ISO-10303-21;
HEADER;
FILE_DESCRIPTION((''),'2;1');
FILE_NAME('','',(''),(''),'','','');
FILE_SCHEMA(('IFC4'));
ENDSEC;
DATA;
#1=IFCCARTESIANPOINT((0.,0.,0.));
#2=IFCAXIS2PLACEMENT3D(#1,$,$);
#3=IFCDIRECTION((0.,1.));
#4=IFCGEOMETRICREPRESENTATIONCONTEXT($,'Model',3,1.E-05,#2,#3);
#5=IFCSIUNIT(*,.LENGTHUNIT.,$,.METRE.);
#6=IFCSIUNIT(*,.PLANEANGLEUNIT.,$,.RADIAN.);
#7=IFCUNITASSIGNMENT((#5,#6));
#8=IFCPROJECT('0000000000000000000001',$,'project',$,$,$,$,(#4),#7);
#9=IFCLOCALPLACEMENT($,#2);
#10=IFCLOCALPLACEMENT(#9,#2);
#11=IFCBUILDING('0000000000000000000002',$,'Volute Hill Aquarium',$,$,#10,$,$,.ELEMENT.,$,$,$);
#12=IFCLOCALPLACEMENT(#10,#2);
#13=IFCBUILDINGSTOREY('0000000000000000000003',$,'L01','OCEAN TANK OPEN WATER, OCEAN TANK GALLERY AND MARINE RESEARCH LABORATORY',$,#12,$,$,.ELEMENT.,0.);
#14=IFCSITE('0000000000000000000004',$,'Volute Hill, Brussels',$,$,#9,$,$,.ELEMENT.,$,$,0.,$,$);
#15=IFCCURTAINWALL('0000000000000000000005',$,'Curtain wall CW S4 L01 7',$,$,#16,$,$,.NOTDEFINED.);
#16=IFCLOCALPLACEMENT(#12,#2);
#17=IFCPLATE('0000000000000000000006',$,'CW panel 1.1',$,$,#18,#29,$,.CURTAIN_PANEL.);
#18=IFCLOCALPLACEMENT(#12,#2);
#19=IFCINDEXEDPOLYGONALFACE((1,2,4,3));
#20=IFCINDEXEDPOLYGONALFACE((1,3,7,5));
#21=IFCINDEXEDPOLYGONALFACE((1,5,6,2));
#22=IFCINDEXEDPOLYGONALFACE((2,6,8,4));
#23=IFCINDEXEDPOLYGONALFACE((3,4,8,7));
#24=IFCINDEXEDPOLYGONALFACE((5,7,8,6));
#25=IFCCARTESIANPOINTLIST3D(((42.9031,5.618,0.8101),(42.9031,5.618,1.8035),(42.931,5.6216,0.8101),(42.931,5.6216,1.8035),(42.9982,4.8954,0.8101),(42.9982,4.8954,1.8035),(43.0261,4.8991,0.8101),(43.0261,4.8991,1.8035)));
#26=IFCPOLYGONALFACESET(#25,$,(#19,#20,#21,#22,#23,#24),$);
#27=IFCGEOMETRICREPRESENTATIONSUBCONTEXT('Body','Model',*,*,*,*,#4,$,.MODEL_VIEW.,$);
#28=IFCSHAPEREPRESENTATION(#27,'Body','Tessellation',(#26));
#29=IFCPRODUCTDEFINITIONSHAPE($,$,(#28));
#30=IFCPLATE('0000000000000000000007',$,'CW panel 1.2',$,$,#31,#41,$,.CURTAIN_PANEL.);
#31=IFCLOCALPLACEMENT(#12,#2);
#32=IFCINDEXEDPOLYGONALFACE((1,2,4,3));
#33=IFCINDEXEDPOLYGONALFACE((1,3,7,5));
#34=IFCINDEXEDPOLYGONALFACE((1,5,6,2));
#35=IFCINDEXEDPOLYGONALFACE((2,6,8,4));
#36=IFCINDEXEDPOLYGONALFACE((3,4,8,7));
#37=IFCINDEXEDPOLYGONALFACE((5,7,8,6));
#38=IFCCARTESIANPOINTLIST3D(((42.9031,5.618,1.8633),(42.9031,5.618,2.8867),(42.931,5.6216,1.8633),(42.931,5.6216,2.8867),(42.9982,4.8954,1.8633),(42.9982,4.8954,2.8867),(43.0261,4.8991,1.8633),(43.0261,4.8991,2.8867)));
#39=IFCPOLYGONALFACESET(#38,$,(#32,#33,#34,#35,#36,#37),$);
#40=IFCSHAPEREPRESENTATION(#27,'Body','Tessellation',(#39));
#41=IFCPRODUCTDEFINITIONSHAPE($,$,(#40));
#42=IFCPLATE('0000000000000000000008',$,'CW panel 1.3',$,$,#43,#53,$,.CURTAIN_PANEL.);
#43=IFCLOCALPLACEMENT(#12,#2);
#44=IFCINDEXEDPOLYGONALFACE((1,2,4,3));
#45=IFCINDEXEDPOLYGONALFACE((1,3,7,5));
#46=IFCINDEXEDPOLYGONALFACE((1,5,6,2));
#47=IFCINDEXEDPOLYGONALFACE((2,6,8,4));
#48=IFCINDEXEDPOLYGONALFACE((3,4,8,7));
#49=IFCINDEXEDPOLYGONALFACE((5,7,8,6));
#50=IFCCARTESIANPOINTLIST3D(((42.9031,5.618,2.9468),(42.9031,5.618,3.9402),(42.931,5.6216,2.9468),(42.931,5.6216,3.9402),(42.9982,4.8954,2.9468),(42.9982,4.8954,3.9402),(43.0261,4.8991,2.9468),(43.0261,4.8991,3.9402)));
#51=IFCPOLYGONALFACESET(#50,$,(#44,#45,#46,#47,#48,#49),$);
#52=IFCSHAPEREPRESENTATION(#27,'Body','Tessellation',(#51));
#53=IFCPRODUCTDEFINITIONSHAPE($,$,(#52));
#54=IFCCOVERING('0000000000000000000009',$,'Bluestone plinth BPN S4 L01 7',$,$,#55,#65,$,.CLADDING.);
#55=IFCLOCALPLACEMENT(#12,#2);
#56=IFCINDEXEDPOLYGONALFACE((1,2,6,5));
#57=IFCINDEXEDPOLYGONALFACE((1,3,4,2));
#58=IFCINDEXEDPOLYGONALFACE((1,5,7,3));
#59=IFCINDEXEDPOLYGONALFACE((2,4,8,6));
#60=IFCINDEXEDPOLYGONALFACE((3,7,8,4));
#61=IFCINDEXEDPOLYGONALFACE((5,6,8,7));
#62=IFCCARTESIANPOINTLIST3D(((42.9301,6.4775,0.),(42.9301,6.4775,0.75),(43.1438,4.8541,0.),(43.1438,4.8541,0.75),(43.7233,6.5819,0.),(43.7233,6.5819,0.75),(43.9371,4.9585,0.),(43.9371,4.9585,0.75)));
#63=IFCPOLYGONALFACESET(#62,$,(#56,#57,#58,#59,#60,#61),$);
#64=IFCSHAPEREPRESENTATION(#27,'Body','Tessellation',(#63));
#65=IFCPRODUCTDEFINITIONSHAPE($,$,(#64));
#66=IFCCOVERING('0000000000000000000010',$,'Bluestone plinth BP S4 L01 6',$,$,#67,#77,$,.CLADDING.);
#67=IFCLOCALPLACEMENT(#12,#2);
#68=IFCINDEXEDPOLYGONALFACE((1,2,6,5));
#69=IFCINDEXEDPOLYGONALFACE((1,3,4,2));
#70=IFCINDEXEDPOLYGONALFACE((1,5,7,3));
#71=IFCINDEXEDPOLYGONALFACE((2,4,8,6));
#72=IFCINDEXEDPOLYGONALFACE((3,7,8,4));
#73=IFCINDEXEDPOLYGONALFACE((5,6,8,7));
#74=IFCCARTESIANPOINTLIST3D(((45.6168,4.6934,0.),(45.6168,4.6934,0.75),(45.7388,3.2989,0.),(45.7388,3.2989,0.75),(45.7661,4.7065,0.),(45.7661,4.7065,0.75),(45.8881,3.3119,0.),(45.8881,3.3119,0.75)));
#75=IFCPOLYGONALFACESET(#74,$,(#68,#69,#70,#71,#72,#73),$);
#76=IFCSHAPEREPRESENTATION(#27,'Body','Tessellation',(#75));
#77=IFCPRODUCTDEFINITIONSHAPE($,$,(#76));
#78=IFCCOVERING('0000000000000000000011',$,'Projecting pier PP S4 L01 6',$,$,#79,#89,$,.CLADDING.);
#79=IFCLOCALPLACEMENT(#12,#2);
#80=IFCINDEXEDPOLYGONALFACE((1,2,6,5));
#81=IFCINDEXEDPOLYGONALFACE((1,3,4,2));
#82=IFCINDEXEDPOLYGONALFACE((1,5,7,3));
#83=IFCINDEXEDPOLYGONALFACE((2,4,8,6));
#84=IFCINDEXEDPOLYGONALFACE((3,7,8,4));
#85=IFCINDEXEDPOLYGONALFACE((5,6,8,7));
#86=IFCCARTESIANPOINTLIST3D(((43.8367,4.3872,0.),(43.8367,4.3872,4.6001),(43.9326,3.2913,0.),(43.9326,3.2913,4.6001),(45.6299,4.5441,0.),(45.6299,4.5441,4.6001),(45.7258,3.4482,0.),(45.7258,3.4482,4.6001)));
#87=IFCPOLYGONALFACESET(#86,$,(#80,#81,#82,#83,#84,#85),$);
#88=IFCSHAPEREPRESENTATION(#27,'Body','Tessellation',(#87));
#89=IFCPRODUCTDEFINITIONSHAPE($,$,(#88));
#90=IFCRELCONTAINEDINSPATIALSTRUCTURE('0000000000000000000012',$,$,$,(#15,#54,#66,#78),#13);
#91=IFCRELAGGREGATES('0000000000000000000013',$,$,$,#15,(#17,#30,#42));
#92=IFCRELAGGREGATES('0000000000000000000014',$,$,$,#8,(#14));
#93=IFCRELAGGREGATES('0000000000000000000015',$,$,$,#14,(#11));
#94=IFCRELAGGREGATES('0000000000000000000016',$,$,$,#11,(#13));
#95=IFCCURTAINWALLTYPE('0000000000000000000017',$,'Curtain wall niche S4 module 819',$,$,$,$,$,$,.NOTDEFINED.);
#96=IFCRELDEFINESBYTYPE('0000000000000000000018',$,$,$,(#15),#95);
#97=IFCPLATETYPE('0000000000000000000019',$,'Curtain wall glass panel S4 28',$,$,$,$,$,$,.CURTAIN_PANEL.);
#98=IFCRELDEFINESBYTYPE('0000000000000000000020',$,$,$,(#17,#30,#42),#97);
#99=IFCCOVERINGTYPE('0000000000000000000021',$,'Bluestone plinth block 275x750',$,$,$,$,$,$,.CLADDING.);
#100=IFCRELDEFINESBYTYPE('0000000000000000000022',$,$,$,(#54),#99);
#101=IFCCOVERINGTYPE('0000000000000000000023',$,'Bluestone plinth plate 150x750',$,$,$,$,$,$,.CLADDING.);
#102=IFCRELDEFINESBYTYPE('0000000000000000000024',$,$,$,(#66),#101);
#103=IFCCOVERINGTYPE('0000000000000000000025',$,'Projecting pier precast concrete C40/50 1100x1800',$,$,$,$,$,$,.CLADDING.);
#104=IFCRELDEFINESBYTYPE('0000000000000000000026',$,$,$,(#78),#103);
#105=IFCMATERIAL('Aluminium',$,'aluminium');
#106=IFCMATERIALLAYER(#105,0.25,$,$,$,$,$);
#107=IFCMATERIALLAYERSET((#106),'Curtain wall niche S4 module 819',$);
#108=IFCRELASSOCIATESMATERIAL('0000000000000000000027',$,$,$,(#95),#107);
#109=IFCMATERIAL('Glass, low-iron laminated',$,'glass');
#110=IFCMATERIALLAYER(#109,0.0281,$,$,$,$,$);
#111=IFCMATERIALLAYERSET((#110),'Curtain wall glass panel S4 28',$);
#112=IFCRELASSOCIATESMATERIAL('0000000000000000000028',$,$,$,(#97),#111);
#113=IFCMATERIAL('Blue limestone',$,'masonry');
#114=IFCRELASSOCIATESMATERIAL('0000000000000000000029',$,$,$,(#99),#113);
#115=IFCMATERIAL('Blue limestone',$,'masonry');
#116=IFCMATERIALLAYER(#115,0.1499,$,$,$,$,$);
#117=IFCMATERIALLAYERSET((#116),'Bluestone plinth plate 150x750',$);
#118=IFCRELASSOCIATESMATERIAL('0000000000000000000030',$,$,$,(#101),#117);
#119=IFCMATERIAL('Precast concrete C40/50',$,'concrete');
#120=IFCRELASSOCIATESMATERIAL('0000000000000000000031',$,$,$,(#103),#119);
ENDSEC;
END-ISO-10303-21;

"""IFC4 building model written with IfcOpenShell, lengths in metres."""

from ifc_helpers import new_model, si_unit, direction, frame, origin, origin_2d, place, context, subcontext, project, spatial, rectangle, extrude, material, layer, layer_set, type_object, element, aggregate, save


model = new_model("IFC4")

# Units and contexts
model_context = context("Model", 3, precision=1e-05, world=origin(), true_north=direction((0.0, 1.0)))
body_context = subcontext(model_context, "Body", "Model", "MODEL_VIEW")
ifc_project = project(units=[si_unit("LENGTHUNIT", "METRE"), si_unit("PLANEANGLEUNIT", "RADIAN")], contexts=[model_context])

# Site, building, storey
site_placement = place(None, origin())
site = spatial("IfcSite", under=ifc_project, at=site_placement, Name="Volute Hill, Brussels", CompositionType="ELEMENT", RefElevation=0.0)
building_placement = place(site_placement, origin())
building = spatial("IfcBuilding", under=site, at=building_placement, Name="Volute Hill Aquarium", CompositionType="ELEMENT")
storey_placement = place(building_placement, origin())
storey = spatial("IfcBuildingStorey", under=building, at=storey_placement, Name="L01", Description="OCEAN TANK OPEN WATER, OCEAN TANK GALLERY AND MARINE RESEARCH LABORATORY", CompositionType="ELEMENT", Elevation=0.0)

# Curtain wall
ifc_material_1 = material(Name="Aluminium", Category="aluminium")
ifc_layer_1 = layer(ifc_material_1, 0.25)
ifc_layer_set_1 = layer_set([ifc_layer_1], Name="Curtain wall niche S4 module 819")
curtain_wall_type = type_object("IfcCurtainWallType", Name="Curtain wall niche S4 module 819", PredefinedType="NOTDEFINED", material=ifc_layer_set_1)
curtain_wall_placement = place(storey_placement, origin())
curtain_wall = element("IfcCurtainWall", 1, at=curtain_wall_placement, inside=storey, type_object=curtain_wall_type, Name="Curtain wall CW S4 L01 7", PredefinedType="NOTDEFINED")

# Plates
ifc_material_2 = material(Name="Glass, low-iron laminated", Category="glass")
ifc_layer_2 = layer(ifc_material_2, 0.0281)
ifc_layer_set_2 = layer_set([ifc_layer_2], Name="Curtain wall glass panel S4 28")
plate_type = type_object("IfcPlateType", Name="Curtain wall glass panel S4 28", PredefinedType="CURTAIN_PANEL", material=ifc_layer_set_2)
plate_1_placement = place(storey_placement, frame((42.9646, 5.2585, 0.8101), z_axis=(0.0, 0.0, 1.0), x_axis=(-0.130516, 0.991446, 0.0)))
plate_1 = element("IfcPlate", 2, at=plate_1_placement, type_object=plate_type, Name="CW panel 1.1", PredefinedType="CURTAIN_PANEL", context=body_context, shape_type="SweptSolid", body=[
    extrude(rectangle(XDim=0.7288, YDim=0.0281, at=origin_2d()), origin(), (0.0, 0.0, 1.0), 0.9934),
])
plate_2_placement = place(storey_placement, frame((42.9646, 5.2585, 1.8633), z_axis=(0.0, 0.0, 1.0), x_axis=(-0.130516, 0.991446, 0.0)))
plate_2 = element("IfcPlate", 3, at=plate_2_placement, type_object=plate_type, Name="CW panel 1.2", PredefinedType="CURTAIN_PANEL", context=body_context, shape_type="SweptSolid", body=[
    extrude(rectangle(XDim=0.7288, YDim=0.0281, at=origin_2d()), origin(), (0.0, 0.0, 1.0), 1.0234),
])
plate_3_placement = place(storey_placement, frame((42.9646, 5.2585, 2.9468), z_axis=(0.0, 0.0, 1.0), x_axis=(-0.130516, 0.991446, 0.0)))
plate_3 = element("IfcPlate", 4, at=plate_3_placement, type_object=plate_type, Name="CW panel 1.3", PredefinedType="CURTAIN_PANEL", context=body_context, shape_type="SweptSolid", body=[
    extrude(rectangle(XDim=0.7288, YDim=0.0281, at=origin_2d()), origin(), (0.0, 0.0, 1.0), 0.9934),
])
aggregate(curtain_wall, [plate_1, plate_2, plate_3])

# Coverings
ifc_material_3 = material(Name="Blue limestone", Category="masonry")
covering_type_1 = type_object("IfcCoveringType", Name="Bluestone plinth block 275x750", PredefinedType="CLADDING", material=ifc_material_3)
covering_1_placement = place(storey_placement, frame((43.4336, 5.718, 0.0), z_axis=(0.0, 0.0, 1.0), x_axis=(-0.130516, 0.991446, 0.0)))
element("IfcCovering", 5, at=covering_1_placement, inside=storey, type_object=covering_type_1, Name="Bluestone plinth BPN S4 L01 7", PredefinedType="CLADDING", context=body_context, shape_type="SweptSolid", body=[
    extrude(rectangle(XDim=1.6375, YDim=0.8, at=origin_2d()), origin(), (0.0, 0.0, 1.0), 0.75),
])
ifc_material_4 = material(Name="Blue limestone", Category="masonry")
ifc_layer_3 = layer(ifc_material_4, 0.1499)
ifc_layer_set_3 = layer_set([ifc_layer_3], Name="Bluestone plinth plate 150x750")
covering_type_2 = type_object("IfcCoveringType", Name="Bluestone plinth plate 150x750", PredefinedType="CLADDING", material=ifc_layer_set_3)
covering_2_placement = place(storey_placement, frame((45.7524, 4.0027, 0.0), z_axis=(0.0, 0.0, 1.0), x_axis=(-0.087156, 0.996195, 0.0)))
element("IfcCovering", 6, at=covering_2_placement, inside=storey, type_object=covering_type_2, Name="Bluestone plinth BP S4 L01 6", PredefinedType="CLADDING", context=body_context, shape_type="SweptSolid", body=[
    extrude(rectangle(XDim=1.3999, YDim=0.1499, at=origin_2d()), origin(), (0.0, 0.0, 1.0), 0.75),
])
ifc_material_5 = material(Name="Precast concrete C40/50", Category="concrete")
covering_type_3 = type_object("IfcCoveringType", Name="Projecting pier precast concrete C40/50 1100x1800", PredefinedType="CLADDING", material=ifc_material_5)
covering_3_placement = place(storey_placement, frame((44.7812, 3.9177, 0.0), z_axis=(0.0, 0.0, 1.0), x_axis=(-0.087156, 0.996195, 0.0)))
element("IfcCovering", 7, at=covering_3_placement, inside=storey, type_object=covering_type_3, Name="Projecting pier PP S4 L01 6", PredefinedType="CLADDING", context=body_context, shape_type="SweptSolid", body=[
    extrude(rectangle(XDim=1.1001, YDim=1.8, at=origin_2d()), origin(), (0.0, 0.0, 1.0), 4.6001),
])

save(model, "model.ifc")
